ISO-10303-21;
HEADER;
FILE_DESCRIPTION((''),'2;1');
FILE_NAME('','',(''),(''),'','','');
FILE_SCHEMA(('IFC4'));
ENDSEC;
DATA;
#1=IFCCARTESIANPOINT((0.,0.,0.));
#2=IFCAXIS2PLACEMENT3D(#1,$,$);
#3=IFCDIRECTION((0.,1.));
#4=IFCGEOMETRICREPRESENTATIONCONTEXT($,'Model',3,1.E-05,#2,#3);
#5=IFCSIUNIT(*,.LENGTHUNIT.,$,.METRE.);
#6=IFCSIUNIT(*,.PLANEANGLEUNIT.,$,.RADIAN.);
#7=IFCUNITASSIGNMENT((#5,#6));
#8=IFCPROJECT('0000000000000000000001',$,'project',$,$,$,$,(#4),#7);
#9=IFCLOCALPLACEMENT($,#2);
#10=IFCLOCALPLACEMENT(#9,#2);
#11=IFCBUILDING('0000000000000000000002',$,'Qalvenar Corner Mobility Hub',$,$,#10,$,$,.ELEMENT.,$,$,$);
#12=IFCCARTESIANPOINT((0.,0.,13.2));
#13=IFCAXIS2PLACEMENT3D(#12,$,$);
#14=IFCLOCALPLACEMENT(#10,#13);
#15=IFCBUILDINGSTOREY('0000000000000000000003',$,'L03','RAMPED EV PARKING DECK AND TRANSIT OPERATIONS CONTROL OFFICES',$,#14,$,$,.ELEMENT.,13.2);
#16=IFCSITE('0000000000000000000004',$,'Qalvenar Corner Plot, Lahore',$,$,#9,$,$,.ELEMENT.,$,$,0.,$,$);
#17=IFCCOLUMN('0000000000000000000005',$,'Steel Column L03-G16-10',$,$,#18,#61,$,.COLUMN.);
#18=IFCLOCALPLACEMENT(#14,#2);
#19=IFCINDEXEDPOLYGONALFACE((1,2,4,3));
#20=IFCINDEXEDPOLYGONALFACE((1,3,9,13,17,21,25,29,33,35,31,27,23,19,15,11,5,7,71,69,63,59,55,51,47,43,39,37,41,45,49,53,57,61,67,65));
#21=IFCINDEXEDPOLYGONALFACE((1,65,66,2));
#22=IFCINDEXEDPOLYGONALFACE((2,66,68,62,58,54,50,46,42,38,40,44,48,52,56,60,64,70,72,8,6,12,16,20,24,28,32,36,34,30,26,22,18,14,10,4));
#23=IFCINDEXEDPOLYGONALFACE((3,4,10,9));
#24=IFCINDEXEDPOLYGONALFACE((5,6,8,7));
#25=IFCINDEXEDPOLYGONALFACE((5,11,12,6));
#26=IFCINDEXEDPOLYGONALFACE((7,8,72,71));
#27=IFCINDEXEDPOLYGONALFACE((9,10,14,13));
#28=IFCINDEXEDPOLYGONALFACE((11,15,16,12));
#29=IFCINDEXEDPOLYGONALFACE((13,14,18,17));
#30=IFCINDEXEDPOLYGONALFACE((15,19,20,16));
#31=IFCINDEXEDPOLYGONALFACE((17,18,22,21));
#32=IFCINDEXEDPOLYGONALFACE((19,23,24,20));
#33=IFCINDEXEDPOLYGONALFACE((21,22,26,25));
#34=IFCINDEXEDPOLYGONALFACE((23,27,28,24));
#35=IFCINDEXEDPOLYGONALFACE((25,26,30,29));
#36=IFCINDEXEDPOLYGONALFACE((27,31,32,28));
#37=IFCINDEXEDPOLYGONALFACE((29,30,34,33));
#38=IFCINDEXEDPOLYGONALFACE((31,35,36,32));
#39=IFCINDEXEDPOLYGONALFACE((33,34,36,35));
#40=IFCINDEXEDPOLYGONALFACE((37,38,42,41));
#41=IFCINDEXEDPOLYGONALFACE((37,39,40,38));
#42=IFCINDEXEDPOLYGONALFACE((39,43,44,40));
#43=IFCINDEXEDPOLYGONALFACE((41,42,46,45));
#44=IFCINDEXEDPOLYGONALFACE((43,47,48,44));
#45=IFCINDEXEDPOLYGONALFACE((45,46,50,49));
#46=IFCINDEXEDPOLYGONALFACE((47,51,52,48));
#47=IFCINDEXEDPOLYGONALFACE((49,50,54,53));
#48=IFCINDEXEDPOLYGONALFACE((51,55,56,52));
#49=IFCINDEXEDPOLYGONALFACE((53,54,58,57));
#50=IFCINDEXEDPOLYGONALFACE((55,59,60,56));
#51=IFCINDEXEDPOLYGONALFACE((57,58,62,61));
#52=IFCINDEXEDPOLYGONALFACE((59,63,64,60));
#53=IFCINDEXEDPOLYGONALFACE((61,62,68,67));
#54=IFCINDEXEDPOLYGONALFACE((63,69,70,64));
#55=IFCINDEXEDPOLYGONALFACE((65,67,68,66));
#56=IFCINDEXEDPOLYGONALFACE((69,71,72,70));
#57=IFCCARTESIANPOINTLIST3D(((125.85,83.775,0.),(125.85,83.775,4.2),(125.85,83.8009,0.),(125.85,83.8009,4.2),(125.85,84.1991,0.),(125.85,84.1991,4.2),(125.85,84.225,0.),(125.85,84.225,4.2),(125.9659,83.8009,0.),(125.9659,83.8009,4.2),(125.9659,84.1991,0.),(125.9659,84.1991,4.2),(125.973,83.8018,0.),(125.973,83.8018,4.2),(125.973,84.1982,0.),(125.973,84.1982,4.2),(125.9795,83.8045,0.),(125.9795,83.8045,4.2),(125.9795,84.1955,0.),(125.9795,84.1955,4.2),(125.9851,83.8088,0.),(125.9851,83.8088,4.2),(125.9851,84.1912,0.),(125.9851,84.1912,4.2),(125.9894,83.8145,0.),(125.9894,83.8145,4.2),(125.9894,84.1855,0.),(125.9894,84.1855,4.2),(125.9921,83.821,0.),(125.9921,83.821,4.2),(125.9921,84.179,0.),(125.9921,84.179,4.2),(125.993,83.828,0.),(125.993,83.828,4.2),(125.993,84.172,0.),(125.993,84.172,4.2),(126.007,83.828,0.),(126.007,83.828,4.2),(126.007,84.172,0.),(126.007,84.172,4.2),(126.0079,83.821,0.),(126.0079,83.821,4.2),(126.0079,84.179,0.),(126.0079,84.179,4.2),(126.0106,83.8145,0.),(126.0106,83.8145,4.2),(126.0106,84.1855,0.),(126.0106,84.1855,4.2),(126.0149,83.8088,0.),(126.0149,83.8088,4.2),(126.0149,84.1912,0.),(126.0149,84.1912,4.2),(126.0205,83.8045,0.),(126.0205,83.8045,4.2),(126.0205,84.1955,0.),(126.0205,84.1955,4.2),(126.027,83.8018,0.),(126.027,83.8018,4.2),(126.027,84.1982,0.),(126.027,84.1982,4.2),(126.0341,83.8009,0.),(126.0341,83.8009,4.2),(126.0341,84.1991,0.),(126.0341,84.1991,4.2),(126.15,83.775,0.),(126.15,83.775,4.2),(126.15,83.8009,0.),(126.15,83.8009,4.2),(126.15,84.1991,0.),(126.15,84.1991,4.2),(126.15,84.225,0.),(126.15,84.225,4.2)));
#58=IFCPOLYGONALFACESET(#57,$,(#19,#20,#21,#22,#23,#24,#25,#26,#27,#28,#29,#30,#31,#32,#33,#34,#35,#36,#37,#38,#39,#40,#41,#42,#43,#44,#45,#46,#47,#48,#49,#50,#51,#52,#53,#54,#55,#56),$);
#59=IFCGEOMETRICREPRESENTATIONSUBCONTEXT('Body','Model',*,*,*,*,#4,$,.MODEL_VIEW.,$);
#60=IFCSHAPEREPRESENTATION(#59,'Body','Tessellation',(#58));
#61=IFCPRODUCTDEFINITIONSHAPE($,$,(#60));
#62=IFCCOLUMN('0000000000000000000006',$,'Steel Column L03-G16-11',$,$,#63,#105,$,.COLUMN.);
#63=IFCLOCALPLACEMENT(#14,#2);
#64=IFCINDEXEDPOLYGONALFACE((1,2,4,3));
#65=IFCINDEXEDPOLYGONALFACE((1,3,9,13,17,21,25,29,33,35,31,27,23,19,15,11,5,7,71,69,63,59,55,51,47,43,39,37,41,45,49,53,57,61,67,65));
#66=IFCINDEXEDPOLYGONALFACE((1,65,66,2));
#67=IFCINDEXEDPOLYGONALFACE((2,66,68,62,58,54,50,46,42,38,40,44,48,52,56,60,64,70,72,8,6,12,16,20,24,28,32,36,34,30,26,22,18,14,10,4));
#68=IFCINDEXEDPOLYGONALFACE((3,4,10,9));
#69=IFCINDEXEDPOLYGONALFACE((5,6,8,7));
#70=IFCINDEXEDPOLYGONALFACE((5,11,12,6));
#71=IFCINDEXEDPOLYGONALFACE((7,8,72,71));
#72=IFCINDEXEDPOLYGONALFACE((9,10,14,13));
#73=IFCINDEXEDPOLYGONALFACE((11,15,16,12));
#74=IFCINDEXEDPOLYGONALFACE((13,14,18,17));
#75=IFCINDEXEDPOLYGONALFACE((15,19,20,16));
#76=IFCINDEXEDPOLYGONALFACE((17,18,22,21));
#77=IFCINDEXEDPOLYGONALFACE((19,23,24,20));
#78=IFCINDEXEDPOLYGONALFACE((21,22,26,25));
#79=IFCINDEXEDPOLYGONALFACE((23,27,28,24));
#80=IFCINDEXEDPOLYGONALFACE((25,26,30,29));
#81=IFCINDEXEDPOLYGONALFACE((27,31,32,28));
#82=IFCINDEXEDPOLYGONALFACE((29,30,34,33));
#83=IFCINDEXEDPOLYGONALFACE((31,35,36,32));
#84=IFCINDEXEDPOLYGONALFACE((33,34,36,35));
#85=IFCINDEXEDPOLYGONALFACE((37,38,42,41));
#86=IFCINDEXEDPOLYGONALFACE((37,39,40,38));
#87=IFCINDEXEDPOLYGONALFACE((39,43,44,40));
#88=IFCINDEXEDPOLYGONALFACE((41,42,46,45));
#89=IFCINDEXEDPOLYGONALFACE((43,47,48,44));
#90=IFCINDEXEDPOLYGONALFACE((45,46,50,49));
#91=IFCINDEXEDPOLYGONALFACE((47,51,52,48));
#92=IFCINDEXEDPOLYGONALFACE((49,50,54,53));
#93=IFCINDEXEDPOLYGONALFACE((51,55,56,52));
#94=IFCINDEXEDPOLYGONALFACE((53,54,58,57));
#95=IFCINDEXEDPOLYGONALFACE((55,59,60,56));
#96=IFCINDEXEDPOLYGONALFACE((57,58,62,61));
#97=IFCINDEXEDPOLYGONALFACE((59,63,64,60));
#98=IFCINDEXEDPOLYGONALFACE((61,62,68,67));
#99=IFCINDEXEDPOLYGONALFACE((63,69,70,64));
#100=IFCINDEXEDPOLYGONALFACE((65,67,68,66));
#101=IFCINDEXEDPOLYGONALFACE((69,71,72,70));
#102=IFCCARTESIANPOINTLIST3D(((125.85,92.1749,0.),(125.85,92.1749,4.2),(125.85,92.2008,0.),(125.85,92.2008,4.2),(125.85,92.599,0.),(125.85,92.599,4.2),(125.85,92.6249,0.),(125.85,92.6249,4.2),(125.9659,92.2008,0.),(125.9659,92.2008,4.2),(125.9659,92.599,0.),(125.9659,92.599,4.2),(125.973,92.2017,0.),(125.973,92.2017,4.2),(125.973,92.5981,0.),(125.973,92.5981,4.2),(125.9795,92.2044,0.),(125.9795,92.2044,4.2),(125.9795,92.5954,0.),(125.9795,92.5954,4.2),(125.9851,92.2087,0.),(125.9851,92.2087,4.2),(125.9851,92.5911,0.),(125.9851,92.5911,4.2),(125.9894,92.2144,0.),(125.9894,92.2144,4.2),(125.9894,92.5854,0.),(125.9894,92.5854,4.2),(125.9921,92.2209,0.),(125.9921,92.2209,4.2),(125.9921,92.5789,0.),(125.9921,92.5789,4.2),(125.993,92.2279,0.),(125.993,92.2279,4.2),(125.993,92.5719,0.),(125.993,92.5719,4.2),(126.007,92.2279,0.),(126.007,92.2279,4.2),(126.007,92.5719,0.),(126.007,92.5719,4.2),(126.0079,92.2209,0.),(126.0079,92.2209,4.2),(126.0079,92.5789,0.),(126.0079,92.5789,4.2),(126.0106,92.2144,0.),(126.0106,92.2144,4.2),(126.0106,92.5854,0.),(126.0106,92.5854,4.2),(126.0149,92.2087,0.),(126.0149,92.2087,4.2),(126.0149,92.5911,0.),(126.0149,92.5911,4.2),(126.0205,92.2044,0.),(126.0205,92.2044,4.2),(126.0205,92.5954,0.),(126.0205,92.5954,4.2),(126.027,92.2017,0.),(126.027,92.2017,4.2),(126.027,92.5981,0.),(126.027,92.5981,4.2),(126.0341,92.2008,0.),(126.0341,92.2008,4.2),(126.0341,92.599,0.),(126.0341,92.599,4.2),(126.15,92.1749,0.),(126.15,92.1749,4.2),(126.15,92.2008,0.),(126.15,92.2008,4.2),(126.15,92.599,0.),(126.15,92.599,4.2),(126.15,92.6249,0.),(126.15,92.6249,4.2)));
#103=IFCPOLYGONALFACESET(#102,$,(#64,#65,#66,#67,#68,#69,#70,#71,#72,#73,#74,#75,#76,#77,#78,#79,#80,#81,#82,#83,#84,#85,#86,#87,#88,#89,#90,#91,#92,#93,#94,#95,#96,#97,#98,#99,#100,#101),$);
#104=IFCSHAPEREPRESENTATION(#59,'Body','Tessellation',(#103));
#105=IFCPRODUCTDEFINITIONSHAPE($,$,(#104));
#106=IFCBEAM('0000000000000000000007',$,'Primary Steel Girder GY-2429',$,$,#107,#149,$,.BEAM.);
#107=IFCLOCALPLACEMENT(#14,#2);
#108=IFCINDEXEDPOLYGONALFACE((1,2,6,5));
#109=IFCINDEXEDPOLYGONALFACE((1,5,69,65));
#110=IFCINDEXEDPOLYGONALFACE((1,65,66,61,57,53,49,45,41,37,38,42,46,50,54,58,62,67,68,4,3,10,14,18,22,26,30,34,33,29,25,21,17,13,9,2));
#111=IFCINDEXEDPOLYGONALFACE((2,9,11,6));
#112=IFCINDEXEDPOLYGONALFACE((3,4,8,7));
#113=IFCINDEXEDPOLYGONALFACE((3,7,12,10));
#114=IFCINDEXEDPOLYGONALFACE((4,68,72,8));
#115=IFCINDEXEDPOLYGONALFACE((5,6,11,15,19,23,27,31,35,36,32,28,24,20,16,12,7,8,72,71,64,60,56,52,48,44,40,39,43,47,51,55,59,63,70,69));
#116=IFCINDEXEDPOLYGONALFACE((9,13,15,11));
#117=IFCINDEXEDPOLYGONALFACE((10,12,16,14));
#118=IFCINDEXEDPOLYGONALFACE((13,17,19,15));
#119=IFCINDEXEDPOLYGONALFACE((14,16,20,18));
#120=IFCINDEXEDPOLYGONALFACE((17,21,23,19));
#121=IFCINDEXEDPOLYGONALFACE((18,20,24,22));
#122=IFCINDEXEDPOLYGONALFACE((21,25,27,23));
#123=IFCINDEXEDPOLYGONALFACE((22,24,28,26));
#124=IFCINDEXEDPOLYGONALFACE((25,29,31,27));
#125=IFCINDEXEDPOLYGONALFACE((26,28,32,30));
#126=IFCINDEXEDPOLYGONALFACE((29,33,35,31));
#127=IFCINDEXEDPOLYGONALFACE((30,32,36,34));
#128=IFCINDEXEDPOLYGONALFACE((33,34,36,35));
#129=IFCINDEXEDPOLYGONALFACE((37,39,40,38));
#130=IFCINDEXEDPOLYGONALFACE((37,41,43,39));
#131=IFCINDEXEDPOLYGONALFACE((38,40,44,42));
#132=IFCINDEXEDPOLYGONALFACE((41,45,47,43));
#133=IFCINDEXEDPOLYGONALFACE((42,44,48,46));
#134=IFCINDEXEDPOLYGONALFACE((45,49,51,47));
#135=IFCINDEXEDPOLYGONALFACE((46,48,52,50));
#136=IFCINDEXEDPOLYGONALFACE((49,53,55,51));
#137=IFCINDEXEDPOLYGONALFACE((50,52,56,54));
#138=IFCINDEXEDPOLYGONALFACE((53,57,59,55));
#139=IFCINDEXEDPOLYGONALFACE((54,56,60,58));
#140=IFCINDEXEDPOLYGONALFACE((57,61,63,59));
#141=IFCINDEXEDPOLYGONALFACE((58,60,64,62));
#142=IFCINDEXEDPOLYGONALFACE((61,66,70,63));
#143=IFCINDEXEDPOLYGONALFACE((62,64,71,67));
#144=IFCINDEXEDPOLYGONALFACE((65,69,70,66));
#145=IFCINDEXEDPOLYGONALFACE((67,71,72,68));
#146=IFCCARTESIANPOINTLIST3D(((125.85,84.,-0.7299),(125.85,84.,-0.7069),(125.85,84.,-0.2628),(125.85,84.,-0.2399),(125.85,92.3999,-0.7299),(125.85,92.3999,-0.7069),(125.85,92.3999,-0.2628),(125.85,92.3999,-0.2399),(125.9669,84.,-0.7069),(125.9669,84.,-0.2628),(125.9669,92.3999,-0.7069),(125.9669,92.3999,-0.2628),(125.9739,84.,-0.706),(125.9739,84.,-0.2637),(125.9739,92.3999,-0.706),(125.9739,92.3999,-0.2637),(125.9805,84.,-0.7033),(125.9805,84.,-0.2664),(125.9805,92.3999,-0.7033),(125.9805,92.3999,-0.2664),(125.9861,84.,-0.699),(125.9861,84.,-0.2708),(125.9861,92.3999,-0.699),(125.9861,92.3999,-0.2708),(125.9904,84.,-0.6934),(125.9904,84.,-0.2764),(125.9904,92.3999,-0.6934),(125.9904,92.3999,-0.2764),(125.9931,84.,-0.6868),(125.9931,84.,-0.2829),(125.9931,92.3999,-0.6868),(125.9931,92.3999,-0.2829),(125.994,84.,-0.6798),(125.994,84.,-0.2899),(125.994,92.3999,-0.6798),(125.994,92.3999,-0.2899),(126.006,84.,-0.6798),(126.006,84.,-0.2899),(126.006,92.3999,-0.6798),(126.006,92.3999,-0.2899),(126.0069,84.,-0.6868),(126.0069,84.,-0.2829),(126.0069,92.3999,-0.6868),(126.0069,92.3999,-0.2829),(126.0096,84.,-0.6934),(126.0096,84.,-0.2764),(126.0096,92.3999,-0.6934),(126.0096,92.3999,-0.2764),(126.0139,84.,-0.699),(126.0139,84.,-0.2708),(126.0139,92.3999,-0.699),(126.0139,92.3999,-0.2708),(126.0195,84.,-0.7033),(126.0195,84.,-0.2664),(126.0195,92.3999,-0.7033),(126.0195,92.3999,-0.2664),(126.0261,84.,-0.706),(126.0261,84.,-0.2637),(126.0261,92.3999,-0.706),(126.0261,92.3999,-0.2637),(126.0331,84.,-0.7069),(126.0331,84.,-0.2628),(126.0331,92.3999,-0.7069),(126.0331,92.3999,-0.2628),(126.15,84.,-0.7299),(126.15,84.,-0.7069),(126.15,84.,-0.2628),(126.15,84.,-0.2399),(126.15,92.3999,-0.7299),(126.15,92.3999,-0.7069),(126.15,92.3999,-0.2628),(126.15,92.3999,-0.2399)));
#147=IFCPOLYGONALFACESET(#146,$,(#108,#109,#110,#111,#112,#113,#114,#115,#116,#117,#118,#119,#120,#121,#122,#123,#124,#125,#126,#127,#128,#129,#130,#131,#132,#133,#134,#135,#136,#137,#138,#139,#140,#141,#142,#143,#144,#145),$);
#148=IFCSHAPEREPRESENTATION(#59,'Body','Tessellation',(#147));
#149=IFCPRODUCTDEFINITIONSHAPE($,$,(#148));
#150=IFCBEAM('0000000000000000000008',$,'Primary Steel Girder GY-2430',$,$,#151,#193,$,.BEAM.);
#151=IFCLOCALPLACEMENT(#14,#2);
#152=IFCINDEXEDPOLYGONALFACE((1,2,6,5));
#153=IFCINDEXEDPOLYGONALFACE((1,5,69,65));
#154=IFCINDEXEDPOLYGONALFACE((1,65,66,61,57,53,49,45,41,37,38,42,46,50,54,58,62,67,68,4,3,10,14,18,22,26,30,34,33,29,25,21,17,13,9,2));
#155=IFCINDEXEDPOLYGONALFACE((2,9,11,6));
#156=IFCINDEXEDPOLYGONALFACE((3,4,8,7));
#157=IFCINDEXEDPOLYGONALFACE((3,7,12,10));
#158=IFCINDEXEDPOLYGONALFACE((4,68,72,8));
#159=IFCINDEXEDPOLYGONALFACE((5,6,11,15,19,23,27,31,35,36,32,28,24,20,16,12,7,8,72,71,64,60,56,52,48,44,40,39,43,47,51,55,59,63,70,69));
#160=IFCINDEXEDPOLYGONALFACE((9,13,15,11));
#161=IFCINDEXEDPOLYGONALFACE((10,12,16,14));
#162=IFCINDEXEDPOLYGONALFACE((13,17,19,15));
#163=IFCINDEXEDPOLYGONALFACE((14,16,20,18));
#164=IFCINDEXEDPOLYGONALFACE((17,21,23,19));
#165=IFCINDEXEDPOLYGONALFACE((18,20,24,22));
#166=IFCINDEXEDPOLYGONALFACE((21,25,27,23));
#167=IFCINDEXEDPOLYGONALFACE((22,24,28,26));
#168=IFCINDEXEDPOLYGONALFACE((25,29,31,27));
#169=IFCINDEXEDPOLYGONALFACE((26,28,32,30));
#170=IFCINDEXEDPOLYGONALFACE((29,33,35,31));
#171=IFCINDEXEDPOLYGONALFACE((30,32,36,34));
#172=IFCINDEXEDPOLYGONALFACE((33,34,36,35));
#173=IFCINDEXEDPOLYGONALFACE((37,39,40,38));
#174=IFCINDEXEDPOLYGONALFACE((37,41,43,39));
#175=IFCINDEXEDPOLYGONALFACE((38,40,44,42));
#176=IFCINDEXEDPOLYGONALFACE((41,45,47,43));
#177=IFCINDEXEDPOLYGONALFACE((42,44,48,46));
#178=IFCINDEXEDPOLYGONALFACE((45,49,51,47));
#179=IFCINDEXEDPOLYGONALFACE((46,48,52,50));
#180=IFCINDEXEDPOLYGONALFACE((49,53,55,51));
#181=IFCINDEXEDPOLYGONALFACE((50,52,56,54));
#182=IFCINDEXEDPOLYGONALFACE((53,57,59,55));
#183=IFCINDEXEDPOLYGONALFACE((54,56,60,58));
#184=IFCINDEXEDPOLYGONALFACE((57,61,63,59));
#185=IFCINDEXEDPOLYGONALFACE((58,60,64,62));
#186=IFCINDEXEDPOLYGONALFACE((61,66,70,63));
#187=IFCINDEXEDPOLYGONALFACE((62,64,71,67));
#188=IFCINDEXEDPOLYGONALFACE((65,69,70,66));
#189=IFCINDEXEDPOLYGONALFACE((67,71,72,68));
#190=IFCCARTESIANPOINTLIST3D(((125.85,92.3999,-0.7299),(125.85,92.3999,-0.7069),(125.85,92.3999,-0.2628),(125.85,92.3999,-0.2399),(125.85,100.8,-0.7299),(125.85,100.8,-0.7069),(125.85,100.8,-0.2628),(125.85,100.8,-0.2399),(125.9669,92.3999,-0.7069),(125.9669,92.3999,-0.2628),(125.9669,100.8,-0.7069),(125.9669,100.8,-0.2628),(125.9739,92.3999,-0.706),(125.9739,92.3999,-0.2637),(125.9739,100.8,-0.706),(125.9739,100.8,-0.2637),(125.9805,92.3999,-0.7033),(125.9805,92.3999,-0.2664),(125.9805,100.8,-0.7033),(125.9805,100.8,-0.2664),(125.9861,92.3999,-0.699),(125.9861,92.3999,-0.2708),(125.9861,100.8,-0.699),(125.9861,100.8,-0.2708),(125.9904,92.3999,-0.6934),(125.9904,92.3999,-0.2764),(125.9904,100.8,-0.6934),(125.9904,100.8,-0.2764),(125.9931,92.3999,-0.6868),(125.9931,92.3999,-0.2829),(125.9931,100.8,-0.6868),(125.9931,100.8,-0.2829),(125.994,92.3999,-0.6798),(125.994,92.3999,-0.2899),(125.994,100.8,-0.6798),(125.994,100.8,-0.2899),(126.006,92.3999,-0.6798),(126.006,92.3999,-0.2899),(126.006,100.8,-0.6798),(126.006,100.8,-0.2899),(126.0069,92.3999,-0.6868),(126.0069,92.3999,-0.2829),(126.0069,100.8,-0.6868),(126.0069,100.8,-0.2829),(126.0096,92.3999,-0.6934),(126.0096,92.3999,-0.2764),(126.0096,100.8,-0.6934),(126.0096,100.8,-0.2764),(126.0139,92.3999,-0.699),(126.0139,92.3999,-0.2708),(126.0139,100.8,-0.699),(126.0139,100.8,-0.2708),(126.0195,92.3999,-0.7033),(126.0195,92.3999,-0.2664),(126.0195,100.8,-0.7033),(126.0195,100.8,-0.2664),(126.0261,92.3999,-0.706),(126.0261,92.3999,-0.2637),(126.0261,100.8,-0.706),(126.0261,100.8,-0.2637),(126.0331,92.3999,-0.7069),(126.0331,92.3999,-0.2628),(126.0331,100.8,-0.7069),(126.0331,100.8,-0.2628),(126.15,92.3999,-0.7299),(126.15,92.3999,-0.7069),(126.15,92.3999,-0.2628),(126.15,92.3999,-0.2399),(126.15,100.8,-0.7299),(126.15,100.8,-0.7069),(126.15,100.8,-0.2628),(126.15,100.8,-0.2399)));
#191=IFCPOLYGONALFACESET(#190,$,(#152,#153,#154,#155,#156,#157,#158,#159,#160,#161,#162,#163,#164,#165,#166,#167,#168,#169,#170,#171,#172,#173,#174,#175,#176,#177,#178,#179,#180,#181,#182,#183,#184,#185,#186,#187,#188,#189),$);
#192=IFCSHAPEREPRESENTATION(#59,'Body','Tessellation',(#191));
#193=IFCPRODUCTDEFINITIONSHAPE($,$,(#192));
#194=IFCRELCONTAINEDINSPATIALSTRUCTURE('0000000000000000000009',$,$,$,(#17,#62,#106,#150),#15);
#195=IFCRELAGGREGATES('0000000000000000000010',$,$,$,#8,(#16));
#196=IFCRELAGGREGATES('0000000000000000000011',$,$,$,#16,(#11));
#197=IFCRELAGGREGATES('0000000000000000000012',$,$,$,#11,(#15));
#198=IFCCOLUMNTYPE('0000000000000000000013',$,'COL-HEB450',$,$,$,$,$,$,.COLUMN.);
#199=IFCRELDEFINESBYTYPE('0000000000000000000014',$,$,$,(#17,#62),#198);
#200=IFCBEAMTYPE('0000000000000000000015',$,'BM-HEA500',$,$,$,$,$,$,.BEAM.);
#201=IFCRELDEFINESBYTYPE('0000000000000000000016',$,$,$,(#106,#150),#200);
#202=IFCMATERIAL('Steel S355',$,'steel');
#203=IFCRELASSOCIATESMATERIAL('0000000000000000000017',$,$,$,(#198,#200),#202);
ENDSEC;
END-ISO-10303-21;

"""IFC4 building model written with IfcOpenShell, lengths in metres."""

from ifc_helpers import new_model, si_unit, direction, frame, origin, origin_2d, place, context, subcontext, project, spatial, i_section, extrude, material, material_profile, profile_set, type_object, element, save


model = new_model("IFC4")

# Units and contexts
model_context = context("Model", 3, precision=1e-05, world=origin(), true_north=direction((0.0, 1.0)))
body_context = subcontext(model_context, "Body", "Model", "MODEL_VIEW")
ifc_project = project(units=[si_unit("LENGTHUNIT", "METRE"), si_unit("PLANEANGLEUNIT", "RADIAN")], contexts=[model_context])

# Site, building, storey
site_placement = place(None, origin())
site = spatial("IfcSite", under=ifc_project, at=site_placement, Name="Qalvenar Corner Plot, Lahore", CompositionType="ELEMENT", RefElevation=0.0)
building_placement = place(site_placement, origin())
building = spatial("IfcBuilding", under=site, at=building_placement, Name="Qalvenar Corner Mobility Hub", CompositionType="ELEMENT")
storey_placement = place(building_placement, frame((0.0, 0.0, 13.2)))
storey = spatial("IfcBuildingStorey", under=building, at=storey_placement, Name="L03", Description="RAMPED EV PARKING DECK AND TRANSIT OPERATIONS CONTROL OFFICES", CompositionType="ELEMENT", Elevation=13.2)

# Columns
ifc_material_1 = material(Name="Steel S355", Category="steel")
ifc_material_profile_1 = material_profile(ifc_material_1, i_section(OverallWidth=0.3, OverallDepth=0.45, WebThickness=0.0139, FlangeThickness=0.0259, FilletRadius=0.0271, at=origin_2d()), Name="HEB450")
ifc_profile_set_1 = profile_set([ifc_material_profile_1], Name="Steel S355")
column_type = type_object("IfcColumnType", Name="COL-HEB450", PredefinedType="COLUMN", material=ifc_profile_set_1)
for number, where, z_axis, x_axis, name in (
    (1, (126.0, 84.0, 0.0), (0.0, 0.0, 1.0), (1.0, 0.0, 0.0), "Steel Column L03-G16-10"),
    (2, (126.0, 92.3999, 0.0), (0.0, 0.0, 1.0), (1.0, 0.0, 0.0), "Steel Column L03-G16-11"),
):
    element("IfcColumn", number, at=place(storey_placement, frame(where, z_axis=z_axis, x_axis=x_axis)), inside=storey, type_object=column_type, Name=name, PredefinedType="COLUMN", context=body_context, shape_type="SweptSolid", body=[
        extrude(i_section(OverallWidth=0.3, OverallDepth=0.45, WebThickness=0.0139, FlangeThickness=0.0259, FilletRadius=0.0271, at=origin_2d()), origin(), (0.0, 0.0, 1.0), 4.2),
    ])

# Beams
ifc_material_profile_2 = material_profile(ifc_material_1, i_section(OverallWidth=0.3, OverallDepth=0.49, WebThickness=0.012, FlangeThickness=0.0229, FilletRadius=0.0271, at=origin_2d()), Name="HEA500")
ifc_profile_set_2 = profile_set([ifc_material_profile_2], Name="Steel S355")
beam_type_1 = type_object("IfcBeamType", Name="BM-HEA500", PredefinedType="BEAM", material=ifc_profile_set_2)
beam_1_placement = place(storey_placement, frame((126.0, 84.0, -0.4849), z_axis=(0.0, 1.0, 0.0), x_axis=(-1.0, 0.0, 0.0)))
element("IfcBeam", 3, at=beam_1_placement, inside=storey, type_object=beam_type_1, Name="Primary Steel Girder GY-2429", PredefinedType="BEAM", context=body_context, shape_type="SweptSolid", body=[
    extrude(i_section(OverallWidth=0.3, OverallDepth=0.49, WebThickness=0.012, FlangeThickness=0.0229, FilletRadius=0.0271, at=origin_2d()), origin(), (0.0, 0.0, 1.0), 8.3999),
])
beam_2_placement = place(storey_placement, frame((126.0, 92.3999, -0.4849), z_axis=(0.0, 1.0, 0.0), x_axis=(-1.0, 0.0, 0.0)))
element("IfcBeam", 4, at=beam_2_placement, inside=storey, type_object=beam_type_1, Name="Primary Steel Girder GY-2430", PredefinedType="BEAM", context=body_context, shape_type="SweptSolid", body=[
    extrude(i_section(OverallWidth=0.3, OverallDepth=0.49, WebThickness=0.012, FlangeThickness=0.0229, FilletRadius=0.0271, at=origin_2d()), origin(), (0.0, 0.0, 1.0), 8.4001),
])

save(model, "model.ifc")
